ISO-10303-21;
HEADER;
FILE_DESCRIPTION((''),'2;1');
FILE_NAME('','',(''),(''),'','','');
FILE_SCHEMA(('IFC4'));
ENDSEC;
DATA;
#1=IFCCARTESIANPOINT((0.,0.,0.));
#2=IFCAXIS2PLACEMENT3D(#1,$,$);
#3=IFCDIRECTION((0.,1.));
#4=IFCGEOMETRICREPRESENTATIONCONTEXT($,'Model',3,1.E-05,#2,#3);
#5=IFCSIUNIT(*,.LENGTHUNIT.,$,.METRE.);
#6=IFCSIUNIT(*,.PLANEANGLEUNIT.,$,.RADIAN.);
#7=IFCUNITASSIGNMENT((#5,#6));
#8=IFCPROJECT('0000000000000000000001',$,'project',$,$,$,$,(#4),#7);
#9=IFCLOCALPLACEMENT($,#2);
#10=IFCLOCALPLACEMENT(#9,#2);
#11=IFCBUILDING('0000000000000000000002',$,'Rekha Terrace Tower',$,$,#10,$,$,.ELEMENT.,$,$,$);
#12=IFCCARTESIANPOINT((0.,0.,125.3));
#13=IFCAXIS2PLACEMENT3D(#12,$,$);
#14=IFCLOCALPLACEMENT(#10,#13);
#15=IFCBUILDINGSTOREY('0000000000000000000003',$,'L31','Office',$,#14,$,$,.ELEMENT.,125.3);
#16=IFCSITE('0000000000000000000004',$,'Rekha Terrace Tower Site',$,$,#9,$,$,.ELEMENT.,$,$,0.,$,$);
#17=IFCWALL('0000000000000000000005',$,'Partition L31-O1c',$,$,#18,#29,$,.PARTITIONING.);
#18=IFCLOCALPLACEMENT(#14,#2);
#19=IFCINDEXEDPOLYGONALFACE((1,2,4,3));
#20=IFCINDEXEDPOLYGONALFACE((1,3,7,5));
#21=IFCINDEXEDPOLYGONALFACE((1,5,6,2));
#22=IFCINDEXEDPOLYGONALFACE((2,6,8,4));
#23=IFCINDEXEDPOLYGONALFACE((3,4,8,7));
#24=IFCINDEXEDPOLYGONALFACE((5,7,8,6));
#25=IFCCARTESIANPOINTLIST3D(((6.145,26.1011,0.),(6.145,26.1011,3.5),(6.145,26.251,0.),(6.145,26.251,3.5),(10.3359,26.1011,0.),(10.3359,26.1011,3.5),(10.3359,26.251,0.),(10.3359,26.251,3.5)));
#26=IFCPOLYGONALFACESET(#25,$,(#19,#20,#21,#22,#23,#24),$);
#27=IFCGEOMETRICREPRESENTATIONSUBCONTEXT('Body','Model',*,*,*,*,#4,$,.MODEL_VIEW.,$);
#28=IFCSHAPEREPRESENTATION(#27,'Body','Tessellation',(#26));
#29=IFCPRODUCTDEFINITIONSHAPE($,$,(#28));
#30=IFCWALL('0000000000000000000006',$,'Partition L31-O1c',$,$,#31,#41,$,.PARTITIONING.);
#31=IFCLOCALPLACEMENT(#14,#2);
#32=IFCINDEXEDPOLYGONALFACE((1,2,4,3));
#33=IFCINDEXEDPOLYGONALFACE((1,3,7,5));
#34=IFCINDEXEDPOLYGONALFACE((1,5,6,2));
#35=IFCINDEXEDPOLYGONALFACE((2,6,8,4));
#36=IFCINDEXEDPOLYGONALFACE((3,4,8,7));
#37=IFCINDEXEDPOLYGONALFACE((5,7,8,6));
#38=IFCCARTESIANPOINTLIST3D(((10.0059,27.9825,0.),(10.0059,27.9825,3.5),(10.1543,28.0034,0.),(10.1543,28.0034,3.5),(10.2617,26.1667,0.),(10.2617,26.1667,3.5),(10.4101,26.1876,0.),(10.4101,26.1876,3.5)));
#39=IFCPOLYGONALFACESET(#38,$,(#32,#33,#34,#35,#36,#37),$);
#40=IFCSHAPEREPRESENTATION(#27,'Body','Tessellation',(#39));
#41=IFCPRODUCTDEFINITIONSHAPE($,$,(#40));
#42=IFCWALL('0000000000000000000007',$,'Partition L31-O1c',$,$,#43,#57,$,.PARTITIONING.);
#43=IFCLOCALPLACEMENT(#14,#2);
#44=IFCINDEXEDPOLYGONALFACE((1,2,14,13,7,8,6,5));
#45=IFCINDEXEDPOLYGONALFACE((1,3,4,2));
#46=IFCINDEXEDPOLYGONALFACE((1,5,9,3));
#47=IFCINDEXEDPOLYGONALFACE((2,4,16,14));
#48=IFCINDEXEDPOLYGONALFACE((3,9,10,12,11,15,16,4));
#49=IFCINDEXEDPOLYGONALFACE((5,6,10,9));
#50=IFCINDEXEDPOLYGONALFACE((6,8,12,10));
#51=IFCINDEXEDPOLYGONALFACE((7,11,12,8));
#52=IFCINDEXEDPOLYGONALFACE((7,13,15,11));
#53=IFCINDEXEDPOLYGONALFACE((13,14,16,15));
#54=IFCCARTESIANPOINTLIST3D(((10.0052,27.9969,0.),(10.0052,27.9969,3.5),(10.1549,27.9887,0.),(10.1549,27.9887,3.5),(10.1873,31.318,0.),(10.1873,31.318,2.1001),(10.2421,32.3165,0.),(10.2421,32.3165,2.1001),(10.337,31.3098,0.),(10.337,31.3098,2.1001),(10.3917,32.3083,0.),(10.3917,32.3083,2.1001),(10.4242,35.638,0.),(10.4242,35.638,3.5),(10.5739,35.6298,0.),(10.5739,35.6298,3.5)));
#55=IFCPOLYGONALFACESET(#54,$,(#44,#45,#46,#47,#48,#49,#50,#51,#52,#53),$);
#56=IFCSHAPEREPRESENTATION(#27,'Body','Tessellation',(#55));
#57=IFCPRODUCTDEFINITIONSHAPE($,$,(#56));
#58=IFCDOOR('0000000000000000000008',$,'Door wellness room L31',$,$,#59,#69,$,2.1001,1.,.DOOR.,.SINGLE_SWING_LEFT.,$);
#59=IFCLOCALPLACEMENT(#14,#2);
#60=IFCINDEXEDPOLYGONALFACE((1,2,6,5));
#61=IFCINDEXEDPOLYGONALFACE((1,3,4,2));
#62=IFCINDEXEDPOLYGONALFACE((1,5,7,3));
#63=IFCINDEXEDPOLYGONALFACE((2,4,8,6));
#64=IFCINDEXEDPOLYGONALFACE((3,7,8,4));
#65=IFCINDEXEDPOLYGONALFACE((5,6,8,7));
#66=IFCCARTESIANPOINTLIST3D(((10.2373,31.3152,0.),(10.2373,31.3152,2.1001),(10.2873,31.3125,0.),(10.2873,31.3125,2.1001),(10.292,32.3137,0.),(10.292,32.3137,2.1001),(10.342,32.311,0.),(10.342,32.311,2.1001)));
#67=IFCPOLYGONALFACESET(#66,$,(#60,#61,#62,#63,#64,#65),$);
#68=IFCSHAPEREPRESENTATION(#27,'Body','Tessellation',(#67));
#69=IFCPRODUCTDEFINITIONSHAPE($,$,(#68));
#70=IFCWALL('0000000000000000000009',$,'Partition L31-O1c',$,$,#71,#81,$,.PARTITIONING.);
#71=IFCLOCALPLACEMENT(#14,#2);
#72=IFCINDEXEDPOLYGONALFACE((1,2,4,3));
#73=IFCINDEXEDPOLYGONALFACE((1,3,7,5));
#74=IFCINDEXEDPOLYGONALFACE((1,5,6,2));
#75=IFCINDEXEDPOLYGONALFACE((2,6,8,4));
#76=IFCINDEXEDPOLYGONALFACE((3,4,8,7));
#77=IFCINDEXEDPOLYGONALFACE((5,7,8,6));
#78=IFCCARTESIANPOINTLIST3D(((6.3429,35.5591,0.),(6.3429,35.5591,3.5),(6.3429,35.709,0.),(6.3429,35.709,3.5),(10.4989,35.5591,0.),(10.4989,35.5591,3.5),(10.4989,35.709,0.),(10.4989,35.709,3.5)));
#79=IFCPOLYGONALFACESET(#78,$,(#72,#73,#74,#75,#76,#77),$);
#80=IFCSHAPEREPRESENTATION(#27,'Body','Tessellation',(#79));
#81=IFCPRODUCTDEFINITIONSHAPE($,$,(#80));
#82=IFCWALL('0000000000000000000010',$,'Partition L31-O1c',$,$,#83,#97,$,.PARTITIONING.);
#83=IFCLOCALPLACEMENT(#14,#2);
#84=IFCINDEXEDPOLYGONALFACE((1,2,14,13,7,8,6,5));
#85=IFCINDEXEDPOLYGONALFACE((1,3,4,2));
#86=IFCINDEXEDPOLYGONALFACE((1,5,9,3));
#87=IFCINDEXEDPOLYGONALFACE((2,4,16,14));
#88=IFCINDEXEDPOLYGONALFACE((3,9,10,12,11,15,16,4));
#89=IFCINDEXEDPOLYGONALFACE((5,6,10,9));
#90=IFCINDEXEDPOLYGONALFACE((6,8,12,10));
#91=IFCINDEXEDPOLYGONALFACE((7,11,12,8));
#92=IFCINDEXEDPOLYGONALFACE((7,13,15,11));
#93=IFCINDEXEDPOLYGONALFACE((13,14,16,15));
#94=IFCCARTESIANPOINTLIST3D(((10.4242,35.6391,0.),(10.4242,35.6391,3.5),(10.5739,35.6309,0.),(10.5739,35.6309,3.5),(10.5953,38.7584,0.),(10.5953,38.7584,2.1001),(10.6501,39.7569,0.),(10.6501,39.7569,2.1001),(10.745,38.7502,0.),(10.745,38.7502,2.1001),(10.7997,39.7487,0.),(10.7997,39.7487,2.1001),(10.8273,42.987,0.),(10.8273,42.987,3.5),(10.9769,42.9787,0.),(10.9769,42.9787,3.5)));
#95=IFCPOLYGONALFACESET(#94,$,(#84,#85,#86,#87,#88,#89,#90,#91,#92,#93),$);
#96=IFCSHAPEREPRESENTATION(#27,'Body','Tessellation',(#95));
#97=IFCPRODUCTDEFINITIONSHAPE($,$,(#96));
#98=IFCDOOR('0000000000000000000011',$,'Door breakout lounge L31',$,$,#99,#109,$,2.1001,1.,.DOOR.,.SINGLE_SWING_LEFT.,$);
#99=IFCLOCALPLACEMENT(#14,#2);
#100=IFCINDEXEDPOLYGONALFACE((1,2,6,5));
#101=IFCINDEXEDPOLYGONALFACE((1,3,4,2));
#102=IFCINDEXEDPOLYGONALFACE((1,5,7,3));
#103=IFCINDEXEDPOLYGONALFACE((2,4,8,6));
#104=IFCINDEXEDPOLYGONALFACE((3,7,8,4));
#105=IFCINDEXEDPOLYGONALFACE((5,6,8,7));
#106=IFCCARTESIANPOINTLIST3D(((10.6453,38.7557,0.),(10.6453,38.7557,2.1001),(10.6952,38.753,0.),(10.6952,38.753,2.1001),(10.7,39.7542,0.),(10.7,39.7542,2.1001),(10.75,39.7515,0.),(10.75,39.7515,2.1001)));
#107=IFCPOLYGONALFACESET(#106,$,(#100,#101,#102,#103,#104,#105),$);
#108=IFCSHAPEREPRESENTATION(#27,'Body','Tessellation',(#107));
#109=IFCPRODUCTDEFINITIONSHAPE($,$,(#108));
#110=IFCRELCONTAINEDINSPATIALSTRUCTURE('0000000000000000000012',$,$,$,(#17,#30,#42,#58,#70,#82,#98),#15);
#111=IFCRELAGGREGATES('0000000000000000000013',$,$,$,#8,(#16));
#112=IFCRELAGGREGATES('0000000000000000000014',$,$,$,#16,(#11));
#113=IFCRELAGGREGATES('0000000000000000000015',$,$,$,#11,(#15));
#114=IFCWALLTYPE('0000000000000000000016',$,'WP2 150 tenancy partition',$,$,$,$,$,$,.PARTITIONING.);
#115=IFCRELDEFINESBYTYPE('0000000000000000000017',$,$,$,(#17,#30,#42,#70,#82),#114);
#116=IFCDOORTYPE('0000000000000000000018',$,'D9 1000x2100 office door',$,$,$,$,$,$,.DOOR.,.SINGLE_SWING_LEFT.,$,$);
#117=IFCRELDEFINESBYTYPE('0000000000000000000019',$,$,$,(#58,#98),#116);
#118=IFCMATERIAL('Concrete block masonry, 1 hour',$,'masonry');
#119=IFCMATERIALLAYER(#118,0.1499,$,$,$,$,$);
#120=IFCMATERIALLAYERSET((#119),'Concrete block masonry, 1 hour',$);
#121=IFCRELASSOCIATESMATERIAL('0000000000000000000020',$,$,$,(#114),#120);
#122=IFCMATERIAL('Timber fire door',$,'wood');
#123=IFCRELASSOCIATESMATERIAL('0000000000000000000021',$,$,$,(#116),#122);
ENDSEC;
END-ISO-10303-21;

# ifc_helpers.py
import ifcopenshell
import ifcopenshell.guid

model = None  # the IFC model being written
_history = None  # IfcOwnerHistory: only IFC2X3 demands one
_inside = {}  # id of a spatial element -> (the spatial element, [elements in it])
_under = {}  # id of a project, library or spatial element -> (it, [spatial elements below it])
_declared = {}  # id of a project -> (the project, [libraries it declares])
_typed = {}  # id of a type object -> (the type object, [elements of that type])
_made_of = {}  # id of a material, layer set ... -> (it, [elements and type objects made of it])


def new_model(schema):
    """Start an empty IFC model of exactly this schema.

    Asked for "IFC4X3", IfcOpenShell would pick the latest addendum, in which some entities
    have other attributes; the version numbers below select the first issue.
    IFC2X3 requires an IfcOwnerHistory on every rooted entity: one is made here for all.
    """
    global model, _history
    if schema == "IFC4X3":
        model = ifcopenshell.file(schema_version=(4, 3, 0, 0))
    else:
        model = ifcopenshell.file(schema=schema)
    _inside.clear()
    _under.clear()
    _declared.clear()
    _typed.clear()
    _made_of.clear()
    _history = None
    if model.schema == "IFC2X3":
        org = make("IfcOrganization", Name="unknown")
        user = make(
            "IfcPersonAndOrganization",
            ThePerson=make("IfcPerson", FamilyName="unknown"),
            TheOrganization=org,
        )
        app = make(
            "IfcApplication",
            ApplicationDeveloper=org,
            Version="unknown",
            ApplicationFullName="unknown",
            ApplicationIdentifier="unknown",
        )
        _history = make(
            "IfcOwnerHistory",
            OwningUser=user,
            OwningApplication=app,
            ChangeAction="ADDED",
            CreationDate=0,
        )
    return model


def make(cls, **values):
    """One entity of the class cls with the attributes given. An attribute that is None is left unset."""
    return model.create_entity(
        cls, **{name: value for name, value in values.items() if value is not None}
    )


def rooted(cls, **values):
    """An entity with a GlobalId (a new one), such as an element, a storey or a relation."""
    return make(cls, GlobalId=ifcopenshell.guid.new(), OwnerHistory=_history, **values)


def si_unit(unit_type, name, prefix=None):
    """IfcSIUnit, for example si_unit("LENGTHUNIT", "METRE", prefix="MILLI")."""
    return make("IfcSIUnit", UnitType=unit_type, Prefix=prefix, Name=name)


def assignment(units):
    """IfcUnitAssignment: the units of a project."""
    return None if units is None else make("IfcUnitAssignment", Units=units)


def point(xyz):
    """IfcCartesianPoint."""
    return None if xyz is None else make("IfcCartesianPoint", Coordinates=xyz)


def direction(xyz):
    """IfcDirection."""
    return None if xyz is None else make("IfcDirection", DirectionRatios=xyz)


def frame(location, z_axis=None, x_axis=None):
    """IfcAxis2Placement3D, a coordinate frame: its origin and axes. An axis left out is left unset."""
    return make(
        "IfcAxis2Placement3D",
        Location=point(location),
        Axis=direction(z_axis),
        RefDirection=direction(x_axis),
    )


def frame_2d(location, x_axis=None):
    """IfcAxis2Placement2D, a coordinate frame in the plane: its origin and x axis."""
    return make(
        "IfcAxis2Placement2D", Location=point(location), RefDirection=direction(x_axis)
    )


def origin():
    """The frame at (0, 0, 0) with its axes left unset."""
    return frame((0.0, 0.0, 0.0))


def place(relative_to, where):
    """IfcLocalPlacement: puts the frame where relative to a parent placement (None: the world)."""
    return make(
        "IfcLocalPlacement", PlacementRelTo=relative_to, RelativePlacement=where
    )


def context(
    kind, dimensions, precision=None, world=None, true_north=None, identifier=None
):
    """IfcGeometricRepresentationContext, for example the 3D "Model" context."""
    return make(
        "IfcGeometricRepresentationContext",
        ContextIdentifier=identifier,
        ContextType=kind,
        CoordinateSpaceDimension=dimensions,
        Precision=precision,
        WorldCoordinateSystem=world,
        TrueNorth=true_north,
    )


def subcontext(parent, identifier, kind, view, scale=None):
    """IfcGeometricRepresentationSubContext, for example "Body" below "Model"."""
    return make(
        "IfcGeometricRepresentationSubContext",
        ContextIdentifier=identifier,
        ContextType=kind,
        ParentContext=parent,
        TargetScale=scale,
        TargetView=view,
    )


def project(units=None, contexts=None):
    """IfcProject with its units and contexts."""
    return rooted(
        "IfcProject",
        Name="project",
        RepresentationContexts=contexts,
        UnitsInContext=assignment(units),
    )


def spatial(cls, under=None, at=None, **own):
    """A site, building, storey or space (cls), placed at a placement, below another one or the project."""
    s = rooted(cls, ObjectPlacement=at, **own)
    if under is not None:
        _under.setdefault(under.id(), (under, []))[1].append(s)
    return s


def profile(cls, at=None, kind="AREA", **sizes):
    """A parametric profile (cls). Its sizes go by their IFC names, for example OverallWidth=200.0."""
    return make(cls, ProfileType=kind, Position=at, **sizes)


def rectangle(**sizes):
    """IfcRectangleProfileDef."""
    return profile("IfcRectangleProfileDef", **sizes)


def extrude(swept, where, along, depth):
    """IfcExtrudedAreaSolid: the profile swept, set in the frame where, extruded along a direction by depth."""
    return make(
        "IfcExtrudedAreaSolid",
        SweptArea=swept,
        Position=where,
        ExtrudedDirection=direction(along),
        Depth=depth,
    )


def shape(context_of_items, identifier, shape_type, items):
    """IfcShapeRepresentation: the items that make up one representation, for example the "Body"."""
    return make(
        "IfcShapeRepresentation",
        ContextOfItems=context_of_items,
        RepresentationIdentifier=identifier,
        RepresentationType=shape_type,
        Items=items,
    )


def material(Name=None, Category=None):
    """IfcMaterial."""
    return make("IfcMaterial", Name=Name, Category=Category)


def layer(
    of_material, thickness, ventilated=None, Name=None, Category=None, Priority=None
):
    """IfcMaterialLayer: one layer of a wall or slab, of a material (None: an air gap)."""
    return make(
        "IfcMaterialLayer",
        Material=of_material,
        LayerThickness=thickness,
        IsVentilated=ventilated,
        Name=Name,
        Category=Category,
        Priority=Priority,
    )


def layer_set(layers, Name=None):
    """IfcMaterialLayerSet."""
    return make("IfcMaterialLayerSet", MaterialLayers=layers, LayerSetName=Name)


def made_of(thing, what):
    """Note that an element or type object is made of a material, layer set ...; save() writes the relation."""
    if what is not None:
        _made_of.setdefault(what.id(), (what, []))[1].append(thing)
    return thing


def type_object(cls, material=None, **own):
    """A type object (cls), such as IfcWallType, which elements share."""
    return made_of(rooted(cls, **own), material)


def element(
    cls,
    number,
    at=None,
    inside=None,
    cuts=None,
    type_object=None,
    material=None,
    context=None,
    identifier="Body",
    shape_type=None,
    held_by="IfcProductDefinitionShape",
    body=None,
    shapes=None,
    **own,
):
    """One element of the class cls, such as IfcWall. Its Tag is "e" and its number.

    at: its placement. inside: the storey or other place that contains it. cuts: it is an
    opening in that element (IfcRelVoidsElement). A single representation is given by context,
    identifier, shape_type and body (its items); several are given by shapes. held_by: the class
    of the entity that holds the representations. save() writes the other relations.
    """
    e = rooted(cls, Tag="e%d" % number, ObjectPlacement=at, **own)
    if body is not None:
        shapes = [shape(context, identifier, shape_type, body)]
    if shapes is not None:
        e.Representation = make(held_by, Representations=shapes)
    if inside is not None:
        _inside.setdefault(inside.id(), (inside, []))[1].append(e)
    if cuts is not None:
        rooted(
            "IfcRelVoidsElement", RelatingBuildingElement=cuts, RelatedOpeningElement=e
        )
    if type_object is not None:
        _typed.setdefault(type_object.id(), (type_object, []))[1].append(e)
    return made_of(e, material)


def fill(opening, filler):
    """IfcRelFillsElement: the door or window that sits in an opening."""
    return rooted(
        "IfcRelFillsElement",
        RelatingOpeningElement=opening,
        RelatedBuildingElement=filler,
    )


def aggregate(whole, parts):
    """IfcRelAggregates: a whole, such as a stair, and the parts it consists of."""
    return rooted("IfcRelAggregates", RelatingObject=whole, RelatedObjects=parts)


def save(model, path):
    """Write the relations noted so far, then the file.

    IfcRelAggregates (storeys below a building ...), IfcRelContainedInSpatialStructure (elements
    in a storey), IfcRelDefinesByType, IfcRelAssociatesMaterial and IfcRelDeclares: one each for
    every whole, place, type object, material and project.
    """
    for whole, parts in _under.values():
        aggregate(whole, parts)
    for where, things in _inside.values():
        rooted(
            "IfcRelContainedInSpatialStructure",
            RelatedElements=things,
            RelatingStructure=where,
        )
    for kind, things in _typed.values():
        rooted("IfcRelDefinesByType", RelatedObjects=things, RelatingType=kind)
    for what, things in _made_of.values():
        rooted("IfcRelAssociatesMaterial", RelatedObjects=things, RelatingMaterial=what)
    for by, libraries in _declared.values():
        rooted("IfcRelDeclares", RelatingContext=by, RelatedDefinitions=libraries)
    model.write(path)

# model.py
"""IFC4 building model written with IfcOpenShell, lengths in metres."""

from ifc_helpers import new_model, si_unit, direction, frame, frame_2d, origin, place, context, subcontext, project, spatial, rectangle, extrude, material, layer, layer_set, type_object, element, fill, save


model = new_model("IFC4")

# Units and contexts
model_context = context("Model", 3, precision=1e-05, world=origin(), true_north=direction((0.0, 1.0)))
body_context = subcontext(model_context, "Body", "Model", "MODEL_VIEW")
ifc_project = project(units=[si_unit("LENGTHUNIT", "METRE"), si_unit("PLANEANGLEUNIT", "RADIAN")], contexts=[model_context])

# Site, building, storey
site_placement = place(None, origin())
site = spatial("IfcSite", under=ifc_project, at=site_placement, Name="Rekha Terrace Tower Site", CompositionType="ELEMENT", RefElevation=0.0)
building_placement = place(site_placement, origin())
building = spatial("IfcBuilding", under=site, at=building_placement, Name="Rekha Terrace Tower", CompositionType="ELEMENT")
storey_placement = place(building_placement, frame((0.0, 0.0, 125.3)))
storey = spatial("IfcBuildingStorey", under=building, at=storey_placement, Name="L31", Description="Office", CompositionType="ELEMENT", Elevation=125.3)

# Walls
ifc_material_1 = material(Name="Concrete block masonry, 1 hour", Category="masonry")
ifc_layer_1 = layer(ifc_material_1, 0.1499)
ifc_layer_set_1 = layer_set([ifc_layer_1], Name="Concrete block masonry, 1 hour")
wall_type = type_object("IfcWallType", Name="WP2 150 tenancy partition", PredefinedType="PARTITIONING", material=ifc_layer_set_1)
wall_1_placement = place(storey_placement, frame((10.3359, 26.176, 0.0), z_axis=(0.0, 0.0, 1.0), x_axis=(-1.0, 0.0, 0.0)))
element("IfcWall", 1, at=wall_1_placement, inside=storey, type_object=wall_type, Name="Partition L31-O1c", PredefinedType="PARTITIONING", context=body_context, shape_type="SweptSolid", body=[
    extrude(rectangle(XDim=4.1909, YDim=0.1499, at=frame_2d((2.0955, 0.0))), origin(), (0.0, 0.0, 1.0), 3.5),
])
wall_2_placement = place(storey_placement, frame((10.3359, 26.177, 0.0), z_axis=(0.0, 0.0, 1.0), x_axis=(-0.13952, 0.990219, 0.0)))
element("IfcWall", 2, at=wall_2_placement, inside=storey, type_object=wall_type, Name="Partition L31-O1c", PredefinedType="PARTITIONING", context=body_context, shape_type="SweptSolid", body=[
    extrude(rectangle(XDim=1.8337, YDim=0.1499, at=frame_2d((0.917, 0.0))), origin(), (0.0, 0.0, 1.0), 3.5),
])

# Wall, opening, door
wall_3_placement = place(storey_placement, frame((10.0801, 27.9929, 0.0), z_axis=(0.0, 0.0, 1.0), x_axis=(0.054746, 0.9985, 0.0)))
wall_3 = element("IfcWall", 3, at=wall_3_placement, inside=storey, type_object=wall_type, Name="Partition L31-O1c", PredefinedType="PARTITIONING", context=body_context, shape_type="SweptSolid", body=[
    extrude(rectangle(XDim=7.6526, YDim=0.1499, at=frame_2d((3.8262, 0.0))), origin(), (0.0, 0.0, 1.0), 3.5),
])
opening_1_placement = place(wall_3_placement, frame((3.3259, 0.0, 0.0)))
opening_1 = element("IfcOpeningElement", 4, at=opening_1_placement, cuts=wall_3, PredefinedType="OPENING", context=body_context, shape_type="SweptSolid", body=[
    extrude(rectangle(XDim=1.0, YDim=2.1001, at=frame_2d((0.5, 1.05))), frame((0.0, 0.085, 0.0), z_axis=(0.0, -1.0, 0.0), x_axis=(1.0, 0.0, 0.0)), (0.0, 0.0, 1.0), 0.1699),
])
ifc_material_2 = material(Name="Timber fire door", Category="wood")
door_type = type_object("IfcDoorType", Name="D9 1000x2100 office door", OperationType="SINGLE_SWING_LEFT", PredefinedType="DOOR", material=ifc_material_2)
door_1_placement = place(opening_1_placement, origin())
door_1 = element("IfcDoor", 5, at=door_1_placement, inside=storey, type_object=door_type, Name="Door wellness room L31", OperationType="SINGLE_SWING_LEFT", OverallHeight=2.1001, OverallWidth=1.0, PredefinedType="DOOR", context=body_context, shape_type="SweptSolid", body=[
    extrude(rectangle(XDim=1.0, YDim=2.1001, at=frame_2d((0.5, 1.05))), frame((0.0, 0.0249, 0.0), z_axis=(0.0, -1.0, 0.0), x_axis=(1.0, 0.0, 0.0)), (0.0, 0.0, 1.0), 0.05),
])
fill(opening_1, door_1)

# Wall
wall_4_placement = place(storey_placement, frame((10.499, 35.634, 0.0), z_axis=(0.0, 0.0, 1.0), x_axis=(-1.0, 0.0, 0.0)))
element("IfcWall", 6, at=wall_4_placement, inside=storey, type_object=wall_type, Name="Partition L31-O1c", PredefinedType="PARTITIONING", context=body_context, shape_type="SweptSolid", body=[
    extrude(rectangle(XDim=4.156, YDim=0.1499, at=frame_2d((2.0781, 0.0))), origin(), (0.0, 0.0, 1.0), 3.5),
])

# Wall, opening, door
wall_5_placement = place(storey_placement, frame((10.499, 35.635, 0.0), z_axis=(0.0, 0.0, 1.0), x_axis=(0.054774, 0.998499, 0.0)))
wall_5 = element("IfcWall", 7, at=wall_5_placement, inside=storey, type_object=wall_type, Name="Partition L31-O1c", PredefinedType="PARTITIONING", context=body_context, shape_type="SweptSolid", body=[
    extrude(rectangle(XDim=7.3589, YDim=0.1499, at=frame_2d((3.6794, 0.0))), origin(), (0.0, 0.0, 1.0), 3.5),
])
opening_2_placement = place(wall_5_placement, frame((3.124, 0.0, 0.0)))
opening_2 = element("IfcOpeningElement", 8, at=opening_2_placement, cuts=wall_5, PredefinedType="OPENING", context=body_context, shape_type="SweptSolid", body=[
    extrude(rectangle(XDim=1.0, YDim=2.1001, at=frame_2d((0.5, 1.05))), frame((0.0, 0.085, 0.0), z_axis=(0.0, -1.0, 0.0), x_axis=(1.0, 0.0, 0.0)), (0.0, 0.0, 1.0), 0.1699),
])
door_2_placement = place(opening_2_placement, origin())
door_2 = element("IfcDoor", 9, at=door_2_placement, inside=storey, type_object=door_type, Name="Door breakout lounge L31", OperationType="SINGLE_SWING_LEFT", OverallHeight=2.1001, OverallWidth=1.0, PredefinedType="DOOR", context=body_context, shape_type="SweptSolid", body=[
    extrude(rectangle(XDim=1.0, YDim=2.1001, at=frame_2d((0.5, 1.05))), frame((0.0, 0.0249, 0.0), z_axis=(0.0, -1.0, 0.0), x_axis=(1.0, 0.0, 0.0)), (0.0, 0.0, 1.0), 0.05),
])
fill(opening_2, door_2)

save(model, "model.ifc")
